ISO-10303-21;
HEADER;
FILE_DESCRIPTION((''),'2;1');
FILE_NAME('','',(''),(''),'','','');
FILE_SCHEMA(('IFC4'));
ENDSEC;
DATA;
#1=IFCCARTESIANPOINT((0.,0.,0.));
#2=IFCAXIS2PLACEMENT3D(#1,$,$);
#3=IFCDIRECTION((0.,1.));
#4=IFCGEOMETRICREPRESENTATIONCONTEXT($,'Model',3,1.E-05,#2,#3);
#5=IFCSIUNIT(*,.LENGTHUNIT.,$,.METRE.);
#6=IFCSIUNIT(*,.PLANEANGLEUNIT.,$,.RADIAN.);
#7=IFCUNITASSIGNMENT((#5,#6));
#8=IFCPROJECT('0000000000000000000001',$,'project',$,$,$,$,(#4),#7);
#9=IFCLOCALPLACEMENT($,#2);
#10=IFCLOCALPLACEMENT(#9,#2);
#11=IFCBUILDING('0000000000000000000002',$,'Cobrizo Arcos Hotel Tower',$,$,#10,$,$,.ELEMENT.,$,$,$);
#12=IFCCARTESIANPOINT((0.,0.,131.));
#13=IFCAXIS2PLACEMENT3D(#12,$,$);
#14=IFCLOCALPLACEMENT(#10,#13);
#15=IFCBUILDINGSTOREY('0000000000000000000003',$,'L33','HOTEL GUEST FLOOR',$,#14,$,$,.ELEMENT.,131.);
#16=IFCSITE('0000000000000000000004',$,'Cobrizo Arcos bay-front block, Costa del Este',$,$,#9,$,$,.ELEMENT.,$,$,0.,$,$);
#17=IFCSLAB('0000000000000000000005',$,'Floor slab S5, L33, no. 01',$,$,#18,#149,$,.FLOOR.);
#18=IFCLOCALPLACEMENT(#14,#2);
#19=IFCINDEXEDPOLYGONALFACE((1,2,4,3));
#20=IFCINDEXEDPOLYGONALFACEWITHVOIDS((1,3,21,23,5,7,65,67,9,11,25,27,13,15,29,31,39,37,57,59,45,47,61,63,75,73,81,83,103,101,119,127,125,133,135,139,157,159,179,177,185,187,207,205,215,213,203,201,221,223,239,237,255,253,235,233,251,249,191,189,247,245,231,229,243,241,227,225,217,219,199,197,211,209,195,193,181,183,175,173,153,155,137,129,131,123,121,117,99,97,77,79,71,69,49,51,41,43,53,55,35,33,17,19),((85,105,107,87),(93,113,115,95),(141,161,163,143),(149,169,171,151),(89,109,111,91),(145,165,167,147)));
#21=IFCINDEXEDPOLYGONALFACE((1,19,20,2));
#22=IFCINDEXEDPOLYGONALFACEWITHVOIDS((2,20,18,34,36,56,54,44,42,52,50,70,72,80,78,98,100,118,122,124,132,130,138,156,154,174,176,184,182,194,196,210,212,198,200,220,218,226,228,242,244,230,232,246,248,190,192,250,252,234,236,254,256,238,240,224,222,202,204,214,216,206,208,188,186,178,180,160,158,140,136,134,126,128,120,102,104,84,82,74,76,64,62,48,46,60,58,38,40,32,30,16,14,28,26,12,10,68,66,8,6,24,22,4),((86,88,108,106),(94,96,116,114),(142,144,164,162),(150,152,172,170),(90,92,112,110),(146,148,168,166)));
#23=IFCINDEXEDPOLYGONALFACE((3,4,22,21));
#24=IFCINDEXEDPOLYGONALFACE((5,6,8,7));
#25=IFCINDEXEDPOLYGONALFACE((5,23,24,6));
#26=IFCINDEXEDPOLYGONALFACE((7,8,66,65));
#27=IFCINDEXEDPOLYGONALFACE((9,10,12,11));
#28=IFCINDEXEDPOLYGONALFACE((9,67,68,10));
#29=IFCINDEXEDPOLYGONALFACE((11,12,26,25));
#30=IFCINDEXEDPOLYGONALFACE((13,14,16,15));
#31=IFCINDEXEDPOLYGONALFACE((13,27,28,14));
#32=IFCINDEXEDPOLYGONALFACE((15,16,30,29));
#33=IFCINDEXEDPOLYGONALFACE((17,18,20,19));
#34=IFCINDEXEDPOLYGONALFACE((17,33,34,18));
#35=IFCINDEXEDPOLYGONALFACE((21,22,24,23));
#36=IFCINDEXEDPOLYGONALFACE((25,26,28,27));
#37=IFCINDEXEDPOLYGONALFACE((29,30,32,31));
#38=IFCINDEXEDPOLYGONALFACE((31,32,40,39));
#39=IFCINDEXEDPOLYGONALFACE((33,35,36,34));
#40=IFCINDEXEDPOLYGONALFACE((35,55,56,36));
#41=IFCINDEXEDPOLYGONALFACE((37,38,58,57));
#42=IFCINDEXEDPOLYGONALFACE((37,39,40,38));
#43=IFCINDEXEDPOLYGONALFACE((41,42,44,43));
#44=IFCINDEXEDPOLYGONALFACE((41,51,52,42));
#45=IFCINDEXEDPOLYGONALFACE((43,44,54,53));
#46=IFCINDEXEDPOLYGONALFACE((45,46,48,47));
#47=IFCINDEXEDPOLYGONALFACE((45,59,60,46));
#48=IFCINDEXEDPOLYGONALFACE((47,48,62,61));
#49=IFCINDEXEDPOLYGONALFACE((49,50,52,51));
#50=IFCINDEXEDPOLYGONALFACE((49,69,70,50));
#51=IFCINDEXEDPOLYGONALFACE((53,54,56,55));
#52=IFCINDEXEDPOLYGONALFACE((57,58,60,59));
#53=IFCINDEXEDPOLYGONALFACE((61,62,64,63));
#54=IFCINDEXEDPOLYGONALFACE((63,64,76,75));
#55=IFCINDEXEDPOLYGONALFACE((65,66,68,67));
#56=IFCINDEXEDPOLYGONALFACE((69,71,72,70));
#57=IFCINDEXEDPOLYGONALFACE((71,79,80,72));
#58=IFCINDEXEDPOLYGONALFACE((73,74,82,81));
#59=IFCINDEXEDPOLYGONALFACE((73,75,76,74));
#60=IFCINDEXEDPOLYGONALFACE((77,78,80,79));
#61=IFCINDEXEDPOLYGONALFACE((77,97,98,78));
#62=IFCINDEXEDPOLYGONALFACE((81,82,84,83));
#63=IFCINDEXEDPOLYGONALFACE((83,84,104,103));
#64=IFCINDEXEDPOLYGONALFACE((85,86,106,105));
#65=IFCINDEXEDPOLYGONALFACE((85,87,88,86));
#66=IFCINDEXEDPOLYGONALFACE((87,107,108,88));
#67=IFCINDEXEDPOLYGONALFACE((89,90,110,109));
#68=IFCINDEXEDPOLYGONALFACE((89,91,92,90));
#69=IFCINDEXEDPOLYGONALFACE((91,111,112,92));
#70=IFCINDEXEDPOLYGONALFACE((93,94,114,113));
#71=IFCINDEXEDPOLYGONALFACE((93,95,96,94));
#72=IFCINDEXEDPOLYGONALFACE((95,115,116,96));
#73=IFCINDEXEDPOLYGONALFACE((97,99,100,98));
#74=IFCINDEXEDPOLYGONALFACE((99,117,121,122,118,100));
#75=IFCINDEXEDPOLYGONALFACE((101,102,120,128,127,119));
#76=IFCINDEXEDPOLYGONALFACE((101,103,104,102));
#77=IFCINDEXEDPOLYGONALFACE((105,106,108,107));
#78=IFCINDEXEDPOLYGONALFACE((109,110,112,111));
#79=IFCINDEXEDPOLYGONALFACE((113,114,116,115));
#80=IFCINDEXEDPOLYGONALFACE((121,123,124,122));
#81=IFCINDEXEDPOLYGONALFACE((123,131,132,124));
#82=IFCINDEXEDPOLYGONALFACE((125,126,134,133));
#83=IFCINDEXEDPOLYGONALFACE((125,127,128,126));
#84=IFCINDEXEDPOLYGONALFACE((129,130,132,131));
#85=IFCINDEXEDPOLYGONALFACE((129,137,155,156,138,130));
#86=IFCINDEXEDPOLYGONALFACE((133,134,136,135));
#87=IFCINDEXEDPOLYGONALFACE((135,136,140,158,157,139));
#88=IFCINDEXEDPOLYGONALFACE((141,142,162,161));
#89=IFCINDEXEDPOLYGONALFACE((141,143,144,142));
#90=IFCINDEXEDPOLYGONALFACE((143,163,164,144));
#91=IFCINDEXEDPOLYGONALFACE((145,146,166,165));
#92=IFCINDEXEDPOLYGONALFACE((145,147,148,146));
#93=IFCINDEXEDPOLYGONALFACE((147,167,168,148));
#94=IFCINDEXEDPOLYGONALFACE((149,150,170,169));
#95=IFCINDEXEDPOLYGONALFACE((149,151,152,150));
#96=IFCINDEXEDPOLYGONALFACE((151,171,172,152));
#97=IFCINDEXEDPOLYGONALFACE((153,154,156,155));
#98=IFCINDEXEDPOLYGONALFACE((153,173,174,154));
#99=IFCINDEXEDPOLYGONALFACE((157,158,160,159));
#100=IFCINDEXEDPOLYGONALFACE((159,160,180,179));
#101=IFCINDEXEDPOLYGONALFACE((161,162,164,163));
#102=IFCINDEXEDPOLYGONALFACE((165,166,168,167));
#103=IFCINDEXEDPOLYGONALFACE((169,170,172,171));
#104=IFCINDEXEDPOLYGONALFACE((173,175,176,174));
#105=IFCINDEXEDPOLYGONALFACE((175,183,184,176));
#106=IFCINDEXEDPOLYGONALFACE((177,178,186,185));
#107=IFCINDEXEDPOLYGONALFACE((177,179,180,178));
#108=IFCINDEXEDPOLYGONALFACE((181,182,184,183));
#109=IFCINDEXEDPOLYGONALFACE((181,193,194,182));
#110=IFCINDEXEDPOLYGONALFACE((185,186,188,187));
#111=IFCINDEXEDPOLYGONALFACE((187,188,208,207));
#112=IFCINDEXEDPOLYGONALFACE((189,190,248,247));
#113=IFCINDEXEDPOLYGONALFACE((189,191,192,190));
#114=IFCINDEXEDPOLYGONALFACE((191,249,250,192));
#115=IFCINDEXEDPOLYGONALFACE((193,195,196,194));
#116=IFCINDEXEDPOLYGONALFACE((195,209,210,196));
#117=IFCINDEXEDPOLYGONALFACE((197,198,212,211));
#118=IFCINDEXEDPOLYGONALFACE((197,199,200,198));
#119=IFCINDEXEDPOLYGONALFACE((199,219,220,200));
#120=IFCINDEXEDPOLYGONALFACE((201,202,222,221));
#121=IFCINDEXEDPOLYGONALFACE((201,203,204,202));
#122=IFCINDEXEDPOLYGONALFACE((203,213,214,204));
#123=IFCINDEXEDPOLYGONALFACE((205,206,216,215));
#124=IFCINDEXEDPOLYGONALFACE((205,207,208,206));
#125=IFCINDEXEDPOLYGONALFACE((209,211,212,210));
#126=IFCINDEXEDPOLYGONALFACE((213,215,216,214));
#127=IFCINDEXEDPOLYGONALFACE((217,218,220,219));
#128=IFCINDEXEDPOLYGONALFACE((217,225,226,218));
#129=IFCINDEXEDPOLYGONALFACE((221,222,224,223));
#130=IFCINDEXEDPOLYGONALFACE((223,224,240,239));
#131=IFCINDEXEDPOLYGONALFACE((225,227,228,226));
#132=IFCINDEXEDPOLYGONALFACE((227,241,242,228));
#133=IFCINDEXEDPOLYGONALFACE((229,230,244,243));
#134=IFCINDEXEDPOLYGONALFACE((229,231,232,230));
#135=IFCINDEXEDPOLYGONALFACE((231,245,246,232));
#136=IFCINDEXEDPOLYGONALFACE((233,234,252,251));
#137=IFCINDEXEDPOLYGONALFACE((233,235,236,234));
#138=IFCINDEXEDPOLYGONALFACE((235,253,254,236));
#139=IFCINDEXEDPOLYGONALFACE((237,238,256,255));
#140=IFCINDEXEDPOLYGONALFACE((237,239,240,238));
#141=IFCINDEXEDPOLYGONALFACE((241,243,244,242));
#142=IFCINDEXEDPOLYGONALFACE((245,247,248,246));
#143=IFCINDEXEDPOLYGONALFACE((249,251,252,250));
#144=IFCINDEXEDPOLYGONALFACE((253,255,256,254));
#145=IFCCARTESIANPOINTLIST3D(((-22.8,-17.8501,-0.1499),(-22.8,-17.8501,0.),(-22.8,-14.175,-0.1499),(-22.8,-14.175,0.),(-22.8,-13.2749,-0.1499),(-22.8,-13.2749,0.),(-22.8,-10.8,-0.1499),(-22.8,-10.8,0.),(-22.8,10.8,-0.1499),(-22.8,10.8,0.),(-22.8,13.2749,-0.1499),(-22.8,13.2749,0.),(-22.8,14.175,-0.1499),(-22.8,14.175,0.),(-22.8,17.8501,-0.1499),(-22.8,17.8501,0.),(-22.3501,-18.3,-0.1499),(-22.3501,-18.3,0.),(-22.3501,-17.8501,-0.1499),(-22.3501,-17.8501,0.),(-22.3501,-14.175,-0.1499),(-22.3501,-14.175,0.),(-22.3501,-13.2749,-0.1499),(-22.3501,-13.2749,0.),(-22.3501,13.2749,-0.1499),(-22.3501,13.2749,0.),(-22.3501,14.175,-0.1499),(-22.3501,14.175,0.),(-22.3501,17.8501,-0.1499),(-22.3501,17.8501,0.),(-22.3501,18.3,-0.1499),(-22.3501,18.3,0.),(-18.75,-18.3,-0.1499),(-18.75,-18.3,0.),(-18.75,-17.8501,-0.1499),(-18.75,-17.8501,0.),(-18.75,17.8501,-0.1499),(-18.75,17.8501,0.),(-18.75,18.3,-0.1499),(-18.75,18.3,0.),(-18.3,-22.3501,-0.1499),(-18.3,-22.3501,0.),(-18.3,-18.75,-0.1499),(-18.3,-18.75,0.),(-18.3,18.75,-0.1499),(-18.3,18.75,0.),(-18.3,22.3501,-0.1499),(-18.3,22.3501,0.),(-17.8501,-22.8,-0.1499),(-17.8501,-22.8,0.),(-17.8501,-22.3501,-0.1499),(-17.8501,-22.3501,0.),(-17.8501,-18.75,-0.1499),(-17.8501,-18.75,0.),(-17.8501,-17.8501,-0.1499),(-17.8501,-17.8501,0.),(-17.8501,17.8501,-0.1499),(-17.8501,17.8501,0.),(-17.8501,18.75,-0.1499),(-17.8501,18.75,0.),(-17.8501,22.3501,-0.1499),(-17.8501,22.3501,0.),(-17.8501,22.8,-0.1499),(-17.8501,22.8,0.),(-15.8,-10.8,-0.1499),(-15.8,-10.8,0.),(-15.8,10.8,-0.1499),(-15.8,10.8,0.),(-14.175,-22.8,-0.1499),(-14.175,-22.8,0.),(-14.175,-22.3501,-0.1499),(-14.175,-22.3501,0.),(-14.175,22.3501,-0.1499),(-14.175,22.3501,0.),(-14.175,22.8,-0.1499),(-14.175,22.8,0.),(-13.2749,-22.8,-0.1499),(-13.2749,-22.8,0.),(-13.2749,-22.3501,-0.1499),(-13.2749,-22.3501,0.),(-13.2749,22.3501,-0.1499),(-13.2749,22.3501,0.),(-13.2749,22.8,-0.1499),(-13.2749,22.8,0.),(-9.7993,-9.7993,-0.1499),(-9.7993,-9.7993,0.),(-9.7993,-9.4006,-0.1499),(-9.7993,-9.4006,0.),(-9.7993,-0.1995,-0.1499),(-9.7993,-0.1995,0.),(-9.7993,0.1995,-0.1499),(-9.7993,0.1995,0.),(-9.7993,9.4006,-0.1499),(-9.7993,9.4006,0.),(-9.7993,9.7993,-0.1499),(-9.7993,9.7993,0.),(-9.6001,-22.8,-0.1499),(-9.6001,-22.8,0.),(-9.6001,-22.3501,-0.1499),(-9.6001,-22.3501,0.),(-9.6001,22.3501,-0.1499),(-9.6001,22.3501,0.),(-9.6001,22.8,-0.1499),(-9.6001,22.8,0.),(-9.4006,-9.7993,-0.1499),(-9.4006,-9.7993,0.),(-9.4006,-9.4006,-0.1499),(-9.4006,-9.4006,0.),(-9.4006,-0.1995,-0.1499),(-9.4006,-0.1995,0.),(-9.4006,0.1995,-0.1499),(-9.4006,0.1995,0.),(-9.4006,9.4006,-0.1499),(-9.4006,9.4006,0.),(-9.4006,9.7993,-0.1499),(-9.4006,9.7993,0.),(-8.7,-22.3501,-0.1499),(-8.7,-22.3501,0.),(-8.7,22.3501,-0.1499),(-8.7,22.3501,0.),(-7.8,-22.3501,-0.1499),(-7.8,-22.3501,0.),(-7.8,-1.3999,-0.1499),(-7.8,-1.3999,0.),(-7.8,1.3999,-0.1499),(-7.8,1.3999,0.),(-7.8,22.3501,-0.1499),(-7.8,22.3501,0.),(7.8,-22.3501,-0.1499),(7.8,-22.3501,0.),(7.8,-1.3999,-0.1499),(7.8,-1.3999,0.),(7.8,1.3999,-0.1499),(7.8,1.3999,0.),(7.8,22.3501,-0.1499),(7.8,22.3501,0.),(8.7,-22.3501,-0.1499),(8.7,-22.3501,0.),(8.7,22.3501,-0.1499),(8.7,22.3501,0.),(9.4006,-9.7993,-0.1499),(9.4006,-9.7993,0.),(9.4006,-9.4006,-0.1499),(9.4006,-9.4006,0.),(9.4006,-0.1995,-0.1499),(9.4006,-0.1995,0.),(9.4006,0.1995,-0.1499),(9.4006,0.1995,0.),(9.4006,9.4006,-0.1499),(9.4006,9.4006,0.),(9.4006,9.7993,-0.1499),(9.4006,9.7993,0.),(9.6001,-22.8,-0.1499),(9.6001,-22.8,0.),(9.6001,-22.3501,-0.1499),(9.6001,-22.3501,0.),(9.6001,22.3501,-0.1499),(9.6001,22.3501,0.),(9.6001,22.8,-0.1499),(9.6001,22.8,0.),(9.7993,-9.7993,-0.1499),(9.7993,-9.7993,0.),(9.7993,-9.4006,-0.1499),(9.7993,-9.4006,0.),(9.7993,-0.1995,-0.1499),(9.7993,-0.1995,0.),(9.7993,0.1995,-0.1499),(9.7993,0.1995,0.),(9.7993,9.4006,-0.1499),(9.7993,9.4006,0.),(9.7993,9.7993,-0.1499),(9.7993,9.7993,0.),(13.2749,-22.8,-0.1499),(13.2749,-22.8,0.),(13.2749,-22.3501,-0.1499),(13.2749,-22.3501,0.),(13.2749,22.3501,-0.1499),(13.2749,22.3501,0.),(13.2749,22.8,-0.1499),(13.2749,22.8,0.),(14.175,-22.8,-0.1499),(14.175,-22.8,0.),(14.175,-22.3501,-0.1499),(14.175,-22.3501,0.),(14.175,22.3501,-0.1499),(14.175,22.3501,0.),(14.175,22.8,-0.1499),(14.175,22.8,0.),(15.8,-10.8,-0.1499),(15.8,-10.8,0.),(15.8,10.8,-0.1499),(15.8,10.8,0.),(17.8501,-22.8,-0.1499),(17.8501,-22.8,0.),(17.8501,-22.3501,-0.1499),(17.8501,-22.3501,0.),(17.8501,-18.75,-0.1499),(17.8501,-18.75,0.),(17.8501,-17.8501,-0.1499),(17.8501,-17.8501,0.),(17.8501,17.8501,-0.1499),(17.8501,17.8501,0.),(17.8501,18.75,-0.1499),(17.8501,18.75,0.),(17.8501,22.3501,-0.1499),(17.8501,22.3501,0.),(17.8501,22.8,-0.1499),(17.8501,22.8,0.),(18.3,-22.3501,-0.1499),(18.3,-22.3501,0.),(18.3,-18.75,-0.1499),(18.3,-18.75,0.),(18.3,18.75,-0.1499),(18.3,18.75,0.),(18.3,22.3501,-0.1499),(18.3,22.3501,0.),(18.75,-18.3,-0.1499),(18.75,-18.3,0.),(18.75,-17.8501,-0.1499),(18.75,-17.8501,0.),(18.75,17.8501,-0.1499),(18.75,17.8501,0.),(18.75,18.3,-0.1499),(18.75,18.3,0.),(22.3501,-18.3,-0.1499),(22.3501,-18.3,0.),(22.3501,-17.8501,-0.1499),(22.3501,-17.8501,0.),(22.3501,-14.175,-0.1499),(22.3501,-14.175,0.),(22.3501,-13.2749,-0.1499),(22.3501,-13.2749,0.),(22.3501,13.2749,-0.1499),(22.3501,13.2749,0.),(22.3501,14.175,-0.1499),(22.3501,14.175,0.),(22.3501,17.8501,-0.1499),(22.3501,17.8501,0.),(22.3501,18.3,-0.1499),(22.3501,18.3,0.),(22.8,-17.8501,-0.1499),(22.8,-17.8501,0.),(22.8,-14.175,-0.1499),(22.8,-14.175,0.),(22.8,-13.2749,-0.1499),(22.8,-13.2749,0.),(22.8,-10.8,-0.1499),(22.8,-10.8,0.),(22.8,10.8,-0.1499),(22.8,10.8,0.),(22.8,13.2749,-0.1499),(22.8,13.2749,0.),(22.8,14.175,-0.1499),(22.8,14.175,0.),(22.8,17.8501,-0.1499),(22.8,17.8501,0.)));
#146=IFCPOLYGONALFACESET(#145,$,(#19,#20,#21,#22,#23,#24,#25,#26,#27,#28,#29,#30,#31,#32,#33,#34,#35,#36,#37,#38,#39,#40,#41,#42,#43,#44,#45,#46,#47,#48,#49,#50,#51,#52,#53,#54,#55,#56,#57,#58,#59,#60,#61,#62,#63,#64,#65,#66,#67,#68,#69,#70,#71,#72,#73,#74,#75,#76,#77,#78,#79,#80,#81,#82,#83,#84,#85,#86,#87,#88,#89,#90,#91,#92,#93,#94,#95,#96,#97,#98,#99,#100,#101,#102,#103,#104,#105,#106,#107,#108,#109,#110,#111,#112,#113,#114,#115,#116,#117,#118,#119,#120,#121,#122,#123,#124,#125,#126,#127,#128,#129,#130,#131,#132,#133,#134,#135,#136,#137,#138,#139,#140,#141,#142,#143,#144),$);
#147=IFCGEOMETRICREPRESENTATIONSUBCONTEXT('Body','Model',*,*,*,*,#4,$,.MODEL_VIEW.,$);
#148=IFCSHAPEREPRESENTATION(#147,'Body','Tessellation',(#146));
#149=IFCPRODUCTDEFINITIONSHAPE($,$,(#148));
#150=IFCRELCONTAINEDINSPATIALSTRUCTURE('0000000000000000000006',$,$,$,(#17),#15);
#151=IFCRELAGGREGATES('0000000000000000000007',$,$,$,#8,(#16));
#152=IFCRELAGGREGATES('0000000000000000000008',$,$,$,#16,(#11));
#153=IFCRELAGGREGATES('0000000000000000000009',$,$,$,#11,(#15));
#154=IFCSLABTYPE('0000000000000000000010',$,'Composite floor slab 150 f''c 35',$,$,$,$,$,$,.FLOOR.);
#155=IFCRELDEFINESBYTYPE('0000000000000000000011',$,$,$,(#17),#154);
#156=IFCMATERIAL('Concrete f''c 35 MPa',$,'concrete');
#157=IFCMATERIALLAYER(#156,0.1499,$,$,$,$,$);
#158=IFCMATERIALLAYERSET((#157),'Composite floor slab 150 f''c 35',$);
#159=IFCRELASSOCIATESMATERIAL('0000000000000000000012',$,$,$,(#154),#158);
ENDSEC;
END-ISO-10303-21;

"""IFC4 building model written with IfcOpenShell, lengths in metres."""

from ifc_helpers import new_model, si_unit, direction, frame, origin, place, context, subcontext, project, spatial, polyline, outline, extrude, material, layer, layer_set, type_object, element, save


model = new_model("IFC4")

# Units and contexts
model_context = context("Model", 3, precision=1e-05, world=origin(), true_north=direction((0.0, 1.0)))
body_context = subcontext(model_context, "Body", "Model", "MODEL_VIEW")
ifc_project = project(units=[si_unit("LENGTHUNIT", "METRE"), si_unit("PLANEANGLEUNIT", "RADIAN")], contexts=[model_context])

# Site, building, storey
site_placement = place(None, origin())
site = spatial("IfcSite", under=ifc_project, at=site_placement, Name="Cobrizo Arcos bay-front block, Costa del Este", CompositionType="ELEMENT", RefElevation=0.0)
building_placement = place(site_placement, origin())
building = spatial("IfcBuilding", under=site, at=building_placement, Name="Cobrizo Arcos Hotel Tower", CompositionType="ELEMENT")
storey_placement = place(building_placement, frame((0.0, 0.0, 131.0)))
storey = spatial("IfcBuildingStorey", under=building, at=storey_placement, Name="L33", Description="HOTEL GUEST FLOOR", CompositionType="ELEMENT", Elevation=131.0)

# Slab
ifc_material_1 = material(Name="Concrete f'c 35 MPa", Category="concrete")
ifc_layer_1 = layer(ifc_material_1, 0.1499)
ifc_layer_set_1 = layer_set([ifc_layer_1], Name="Composite floor slab 150 f'c 35")
slab_type_1 = type_object("IfcSlabType", Name="Composite floor slab 150 f'c 35", PredefinedType="FLOOR", material=ifc_layer_set_1)
slab_1_placement = place(storey_placement, frame((0.0, 0.0, -0.1499)))
element("IfcSlab", 1, at=slab_1_placement, inside=storey, type_object=slab_type_1, Name="Floor slab S5, L33, no. 01", PredefinedType="FLOOR", context=body_context, shape_type="SweptSolid", body=[
    extrude(outline(polyline([(22.3501, 18.3), (22.3501, 17.8501), (22.8, 17.8501), (22.8, 14.175), (22.3501, 14.175), (22.3501, 13.2749), (22.8, 13.2749), (22.8, 10.8), (15.8, 10.8), (15.8, -10.8), (22.8, -10.8), (22.8, -13.2749), (22.3501, -13.2749), (22.3501, -14.175), (22.8, -14.175), (22.8, -17.8501), (22.3501, -17.8501), (22.3501, -18.3), (18.75, -18.3), (18.75, -17.8501), (17.8501, -17.8501), (17.8501, -18.75), (18.3, -18.75), (18.3, -22.3501), (17.8501, -22.3501), (17.8501, -22.8), (14.175, -22.8), (14.175, -22.3501), (13.2749, -22.3501), (13.2749, -22.8), (9.6001, -22.8), (9.6001, -22.3501), (8.7, -22.3501), (7.8, -22.3501), (7.8, -22.8), (7.8, -22.8), (7.8, -1.3999), (-7.8, -1.3999), (-7.8, -22.8), (-7.8, -22.8), (-7.8, -22.3501), (-8.7, -22.3501), (-9.6001, -22.3501), (-9.6001, -22.8), (-13.2749, -22.8), (-13.2749, -22.3501), (-14.175, -22.3501), (-14.175, -22.8), (-17.8501, -22.8), (-17.8501, -22.3501), (-18.3, -22.3501), (-18.3, -18.75), (-17.8501, -18.75), (-17.8501, -17.8501), (-18.75, -17.8501), (-18.75, -18.3), (-22.3501, -18.3), (-22.3501, -17.8501), (-22.8, -17.8501), (-22.8, -14.175), (-22.3501, -14.175), (-22.3501, -13.2749), (-22.8, -13.2749), (-22.8, -10.8), (-15.8, -10.8), (-15.8, 10.8), (-22.8, 10.8), (-22.8, 13.2749), (-22.3501, 13.2749), (-22.3501, 14.175), (-22.8, 14.175), (-22.8, 17.8501), (-22.3501, 17.8501), (-22.3501, 18.3), (-18.75, 18.3), (-18.75, 17.8501), (-17.8501, 17.8501), (-17.8501, 18.75), (-18.3, 18.75), (-18.3, 22.3501), (-17.8501, 22.3501), (-17.8501, 22.8), (-14.175, 22.8), (-14.175, 22.3501), (-13.2749, 22.3501), (-13.2749, 22.8), (-9.6001, 22.8), (-9.6001, 22.3501), (-8.7, 22.3501), (-7.8, 22.3501), (-7.8, 22.8), (-7.8, 22.8), (-7.8, 1.3999), (7.8, 1.3999), (7.8, 22.8), (7.8, 22.8), (7.8, 22.3501), (8.7, 22.3501), (9.6001, 22.3501), (9.6001, 22.8), (13.2749, 22.8), (13.2749, 22.3501), (14.175, 22.3501), (14.175, 22.8), (17.8501, 22.8), (17.8501, 22.3501), (18.3, 22.3501), (18.3, 18.75), (17.8501, 18.75), (17.8501, 17.8501), (18.75, 17.8501), (18.75, 18.3), (22.3501, 18.3)]), holes=[polyline([(-9.7993, -9.7993), (-9.4006, -9.7993), (-9.4006, -9.4006), (-9.7993, -9.4006), (-9.7993, -9.7993)]), polyline([(-9.4006, -0.1995), (-9.4006, 0.1995), (-9.7993, 0.1995), (-9.7993, -0.1995), (-9.4006, -0.1995)]), polyline([(-9.4006, 9.4006), (-9.4006, 9.7993), (-9.7993, 9.7993), (-9.7993, 9.4006), (-9.4006, 9.4006)]), polyline([(9.4006, -9.7993), (9.7993, -9.7993), (9.7993, -9.4006), (9.4006, -9.4006), (9.4006, -9.7993)]), polyline([(9.4006, -0.1995), (9.7993, -0.1995), (9.7993, 0.1995), (9.4006, 0.1995), (9.4006, -0.1995)]), polyline([(9.7993, 9.4006), (9.7993, 9.7993), (9.4006, 9.7993), (9.4006, 9.4006), (9.7993, 9.4006)])]), origin(), (0.0, 0.0, 1.0), 0.1499),
])

save(model, "model.ifc")
